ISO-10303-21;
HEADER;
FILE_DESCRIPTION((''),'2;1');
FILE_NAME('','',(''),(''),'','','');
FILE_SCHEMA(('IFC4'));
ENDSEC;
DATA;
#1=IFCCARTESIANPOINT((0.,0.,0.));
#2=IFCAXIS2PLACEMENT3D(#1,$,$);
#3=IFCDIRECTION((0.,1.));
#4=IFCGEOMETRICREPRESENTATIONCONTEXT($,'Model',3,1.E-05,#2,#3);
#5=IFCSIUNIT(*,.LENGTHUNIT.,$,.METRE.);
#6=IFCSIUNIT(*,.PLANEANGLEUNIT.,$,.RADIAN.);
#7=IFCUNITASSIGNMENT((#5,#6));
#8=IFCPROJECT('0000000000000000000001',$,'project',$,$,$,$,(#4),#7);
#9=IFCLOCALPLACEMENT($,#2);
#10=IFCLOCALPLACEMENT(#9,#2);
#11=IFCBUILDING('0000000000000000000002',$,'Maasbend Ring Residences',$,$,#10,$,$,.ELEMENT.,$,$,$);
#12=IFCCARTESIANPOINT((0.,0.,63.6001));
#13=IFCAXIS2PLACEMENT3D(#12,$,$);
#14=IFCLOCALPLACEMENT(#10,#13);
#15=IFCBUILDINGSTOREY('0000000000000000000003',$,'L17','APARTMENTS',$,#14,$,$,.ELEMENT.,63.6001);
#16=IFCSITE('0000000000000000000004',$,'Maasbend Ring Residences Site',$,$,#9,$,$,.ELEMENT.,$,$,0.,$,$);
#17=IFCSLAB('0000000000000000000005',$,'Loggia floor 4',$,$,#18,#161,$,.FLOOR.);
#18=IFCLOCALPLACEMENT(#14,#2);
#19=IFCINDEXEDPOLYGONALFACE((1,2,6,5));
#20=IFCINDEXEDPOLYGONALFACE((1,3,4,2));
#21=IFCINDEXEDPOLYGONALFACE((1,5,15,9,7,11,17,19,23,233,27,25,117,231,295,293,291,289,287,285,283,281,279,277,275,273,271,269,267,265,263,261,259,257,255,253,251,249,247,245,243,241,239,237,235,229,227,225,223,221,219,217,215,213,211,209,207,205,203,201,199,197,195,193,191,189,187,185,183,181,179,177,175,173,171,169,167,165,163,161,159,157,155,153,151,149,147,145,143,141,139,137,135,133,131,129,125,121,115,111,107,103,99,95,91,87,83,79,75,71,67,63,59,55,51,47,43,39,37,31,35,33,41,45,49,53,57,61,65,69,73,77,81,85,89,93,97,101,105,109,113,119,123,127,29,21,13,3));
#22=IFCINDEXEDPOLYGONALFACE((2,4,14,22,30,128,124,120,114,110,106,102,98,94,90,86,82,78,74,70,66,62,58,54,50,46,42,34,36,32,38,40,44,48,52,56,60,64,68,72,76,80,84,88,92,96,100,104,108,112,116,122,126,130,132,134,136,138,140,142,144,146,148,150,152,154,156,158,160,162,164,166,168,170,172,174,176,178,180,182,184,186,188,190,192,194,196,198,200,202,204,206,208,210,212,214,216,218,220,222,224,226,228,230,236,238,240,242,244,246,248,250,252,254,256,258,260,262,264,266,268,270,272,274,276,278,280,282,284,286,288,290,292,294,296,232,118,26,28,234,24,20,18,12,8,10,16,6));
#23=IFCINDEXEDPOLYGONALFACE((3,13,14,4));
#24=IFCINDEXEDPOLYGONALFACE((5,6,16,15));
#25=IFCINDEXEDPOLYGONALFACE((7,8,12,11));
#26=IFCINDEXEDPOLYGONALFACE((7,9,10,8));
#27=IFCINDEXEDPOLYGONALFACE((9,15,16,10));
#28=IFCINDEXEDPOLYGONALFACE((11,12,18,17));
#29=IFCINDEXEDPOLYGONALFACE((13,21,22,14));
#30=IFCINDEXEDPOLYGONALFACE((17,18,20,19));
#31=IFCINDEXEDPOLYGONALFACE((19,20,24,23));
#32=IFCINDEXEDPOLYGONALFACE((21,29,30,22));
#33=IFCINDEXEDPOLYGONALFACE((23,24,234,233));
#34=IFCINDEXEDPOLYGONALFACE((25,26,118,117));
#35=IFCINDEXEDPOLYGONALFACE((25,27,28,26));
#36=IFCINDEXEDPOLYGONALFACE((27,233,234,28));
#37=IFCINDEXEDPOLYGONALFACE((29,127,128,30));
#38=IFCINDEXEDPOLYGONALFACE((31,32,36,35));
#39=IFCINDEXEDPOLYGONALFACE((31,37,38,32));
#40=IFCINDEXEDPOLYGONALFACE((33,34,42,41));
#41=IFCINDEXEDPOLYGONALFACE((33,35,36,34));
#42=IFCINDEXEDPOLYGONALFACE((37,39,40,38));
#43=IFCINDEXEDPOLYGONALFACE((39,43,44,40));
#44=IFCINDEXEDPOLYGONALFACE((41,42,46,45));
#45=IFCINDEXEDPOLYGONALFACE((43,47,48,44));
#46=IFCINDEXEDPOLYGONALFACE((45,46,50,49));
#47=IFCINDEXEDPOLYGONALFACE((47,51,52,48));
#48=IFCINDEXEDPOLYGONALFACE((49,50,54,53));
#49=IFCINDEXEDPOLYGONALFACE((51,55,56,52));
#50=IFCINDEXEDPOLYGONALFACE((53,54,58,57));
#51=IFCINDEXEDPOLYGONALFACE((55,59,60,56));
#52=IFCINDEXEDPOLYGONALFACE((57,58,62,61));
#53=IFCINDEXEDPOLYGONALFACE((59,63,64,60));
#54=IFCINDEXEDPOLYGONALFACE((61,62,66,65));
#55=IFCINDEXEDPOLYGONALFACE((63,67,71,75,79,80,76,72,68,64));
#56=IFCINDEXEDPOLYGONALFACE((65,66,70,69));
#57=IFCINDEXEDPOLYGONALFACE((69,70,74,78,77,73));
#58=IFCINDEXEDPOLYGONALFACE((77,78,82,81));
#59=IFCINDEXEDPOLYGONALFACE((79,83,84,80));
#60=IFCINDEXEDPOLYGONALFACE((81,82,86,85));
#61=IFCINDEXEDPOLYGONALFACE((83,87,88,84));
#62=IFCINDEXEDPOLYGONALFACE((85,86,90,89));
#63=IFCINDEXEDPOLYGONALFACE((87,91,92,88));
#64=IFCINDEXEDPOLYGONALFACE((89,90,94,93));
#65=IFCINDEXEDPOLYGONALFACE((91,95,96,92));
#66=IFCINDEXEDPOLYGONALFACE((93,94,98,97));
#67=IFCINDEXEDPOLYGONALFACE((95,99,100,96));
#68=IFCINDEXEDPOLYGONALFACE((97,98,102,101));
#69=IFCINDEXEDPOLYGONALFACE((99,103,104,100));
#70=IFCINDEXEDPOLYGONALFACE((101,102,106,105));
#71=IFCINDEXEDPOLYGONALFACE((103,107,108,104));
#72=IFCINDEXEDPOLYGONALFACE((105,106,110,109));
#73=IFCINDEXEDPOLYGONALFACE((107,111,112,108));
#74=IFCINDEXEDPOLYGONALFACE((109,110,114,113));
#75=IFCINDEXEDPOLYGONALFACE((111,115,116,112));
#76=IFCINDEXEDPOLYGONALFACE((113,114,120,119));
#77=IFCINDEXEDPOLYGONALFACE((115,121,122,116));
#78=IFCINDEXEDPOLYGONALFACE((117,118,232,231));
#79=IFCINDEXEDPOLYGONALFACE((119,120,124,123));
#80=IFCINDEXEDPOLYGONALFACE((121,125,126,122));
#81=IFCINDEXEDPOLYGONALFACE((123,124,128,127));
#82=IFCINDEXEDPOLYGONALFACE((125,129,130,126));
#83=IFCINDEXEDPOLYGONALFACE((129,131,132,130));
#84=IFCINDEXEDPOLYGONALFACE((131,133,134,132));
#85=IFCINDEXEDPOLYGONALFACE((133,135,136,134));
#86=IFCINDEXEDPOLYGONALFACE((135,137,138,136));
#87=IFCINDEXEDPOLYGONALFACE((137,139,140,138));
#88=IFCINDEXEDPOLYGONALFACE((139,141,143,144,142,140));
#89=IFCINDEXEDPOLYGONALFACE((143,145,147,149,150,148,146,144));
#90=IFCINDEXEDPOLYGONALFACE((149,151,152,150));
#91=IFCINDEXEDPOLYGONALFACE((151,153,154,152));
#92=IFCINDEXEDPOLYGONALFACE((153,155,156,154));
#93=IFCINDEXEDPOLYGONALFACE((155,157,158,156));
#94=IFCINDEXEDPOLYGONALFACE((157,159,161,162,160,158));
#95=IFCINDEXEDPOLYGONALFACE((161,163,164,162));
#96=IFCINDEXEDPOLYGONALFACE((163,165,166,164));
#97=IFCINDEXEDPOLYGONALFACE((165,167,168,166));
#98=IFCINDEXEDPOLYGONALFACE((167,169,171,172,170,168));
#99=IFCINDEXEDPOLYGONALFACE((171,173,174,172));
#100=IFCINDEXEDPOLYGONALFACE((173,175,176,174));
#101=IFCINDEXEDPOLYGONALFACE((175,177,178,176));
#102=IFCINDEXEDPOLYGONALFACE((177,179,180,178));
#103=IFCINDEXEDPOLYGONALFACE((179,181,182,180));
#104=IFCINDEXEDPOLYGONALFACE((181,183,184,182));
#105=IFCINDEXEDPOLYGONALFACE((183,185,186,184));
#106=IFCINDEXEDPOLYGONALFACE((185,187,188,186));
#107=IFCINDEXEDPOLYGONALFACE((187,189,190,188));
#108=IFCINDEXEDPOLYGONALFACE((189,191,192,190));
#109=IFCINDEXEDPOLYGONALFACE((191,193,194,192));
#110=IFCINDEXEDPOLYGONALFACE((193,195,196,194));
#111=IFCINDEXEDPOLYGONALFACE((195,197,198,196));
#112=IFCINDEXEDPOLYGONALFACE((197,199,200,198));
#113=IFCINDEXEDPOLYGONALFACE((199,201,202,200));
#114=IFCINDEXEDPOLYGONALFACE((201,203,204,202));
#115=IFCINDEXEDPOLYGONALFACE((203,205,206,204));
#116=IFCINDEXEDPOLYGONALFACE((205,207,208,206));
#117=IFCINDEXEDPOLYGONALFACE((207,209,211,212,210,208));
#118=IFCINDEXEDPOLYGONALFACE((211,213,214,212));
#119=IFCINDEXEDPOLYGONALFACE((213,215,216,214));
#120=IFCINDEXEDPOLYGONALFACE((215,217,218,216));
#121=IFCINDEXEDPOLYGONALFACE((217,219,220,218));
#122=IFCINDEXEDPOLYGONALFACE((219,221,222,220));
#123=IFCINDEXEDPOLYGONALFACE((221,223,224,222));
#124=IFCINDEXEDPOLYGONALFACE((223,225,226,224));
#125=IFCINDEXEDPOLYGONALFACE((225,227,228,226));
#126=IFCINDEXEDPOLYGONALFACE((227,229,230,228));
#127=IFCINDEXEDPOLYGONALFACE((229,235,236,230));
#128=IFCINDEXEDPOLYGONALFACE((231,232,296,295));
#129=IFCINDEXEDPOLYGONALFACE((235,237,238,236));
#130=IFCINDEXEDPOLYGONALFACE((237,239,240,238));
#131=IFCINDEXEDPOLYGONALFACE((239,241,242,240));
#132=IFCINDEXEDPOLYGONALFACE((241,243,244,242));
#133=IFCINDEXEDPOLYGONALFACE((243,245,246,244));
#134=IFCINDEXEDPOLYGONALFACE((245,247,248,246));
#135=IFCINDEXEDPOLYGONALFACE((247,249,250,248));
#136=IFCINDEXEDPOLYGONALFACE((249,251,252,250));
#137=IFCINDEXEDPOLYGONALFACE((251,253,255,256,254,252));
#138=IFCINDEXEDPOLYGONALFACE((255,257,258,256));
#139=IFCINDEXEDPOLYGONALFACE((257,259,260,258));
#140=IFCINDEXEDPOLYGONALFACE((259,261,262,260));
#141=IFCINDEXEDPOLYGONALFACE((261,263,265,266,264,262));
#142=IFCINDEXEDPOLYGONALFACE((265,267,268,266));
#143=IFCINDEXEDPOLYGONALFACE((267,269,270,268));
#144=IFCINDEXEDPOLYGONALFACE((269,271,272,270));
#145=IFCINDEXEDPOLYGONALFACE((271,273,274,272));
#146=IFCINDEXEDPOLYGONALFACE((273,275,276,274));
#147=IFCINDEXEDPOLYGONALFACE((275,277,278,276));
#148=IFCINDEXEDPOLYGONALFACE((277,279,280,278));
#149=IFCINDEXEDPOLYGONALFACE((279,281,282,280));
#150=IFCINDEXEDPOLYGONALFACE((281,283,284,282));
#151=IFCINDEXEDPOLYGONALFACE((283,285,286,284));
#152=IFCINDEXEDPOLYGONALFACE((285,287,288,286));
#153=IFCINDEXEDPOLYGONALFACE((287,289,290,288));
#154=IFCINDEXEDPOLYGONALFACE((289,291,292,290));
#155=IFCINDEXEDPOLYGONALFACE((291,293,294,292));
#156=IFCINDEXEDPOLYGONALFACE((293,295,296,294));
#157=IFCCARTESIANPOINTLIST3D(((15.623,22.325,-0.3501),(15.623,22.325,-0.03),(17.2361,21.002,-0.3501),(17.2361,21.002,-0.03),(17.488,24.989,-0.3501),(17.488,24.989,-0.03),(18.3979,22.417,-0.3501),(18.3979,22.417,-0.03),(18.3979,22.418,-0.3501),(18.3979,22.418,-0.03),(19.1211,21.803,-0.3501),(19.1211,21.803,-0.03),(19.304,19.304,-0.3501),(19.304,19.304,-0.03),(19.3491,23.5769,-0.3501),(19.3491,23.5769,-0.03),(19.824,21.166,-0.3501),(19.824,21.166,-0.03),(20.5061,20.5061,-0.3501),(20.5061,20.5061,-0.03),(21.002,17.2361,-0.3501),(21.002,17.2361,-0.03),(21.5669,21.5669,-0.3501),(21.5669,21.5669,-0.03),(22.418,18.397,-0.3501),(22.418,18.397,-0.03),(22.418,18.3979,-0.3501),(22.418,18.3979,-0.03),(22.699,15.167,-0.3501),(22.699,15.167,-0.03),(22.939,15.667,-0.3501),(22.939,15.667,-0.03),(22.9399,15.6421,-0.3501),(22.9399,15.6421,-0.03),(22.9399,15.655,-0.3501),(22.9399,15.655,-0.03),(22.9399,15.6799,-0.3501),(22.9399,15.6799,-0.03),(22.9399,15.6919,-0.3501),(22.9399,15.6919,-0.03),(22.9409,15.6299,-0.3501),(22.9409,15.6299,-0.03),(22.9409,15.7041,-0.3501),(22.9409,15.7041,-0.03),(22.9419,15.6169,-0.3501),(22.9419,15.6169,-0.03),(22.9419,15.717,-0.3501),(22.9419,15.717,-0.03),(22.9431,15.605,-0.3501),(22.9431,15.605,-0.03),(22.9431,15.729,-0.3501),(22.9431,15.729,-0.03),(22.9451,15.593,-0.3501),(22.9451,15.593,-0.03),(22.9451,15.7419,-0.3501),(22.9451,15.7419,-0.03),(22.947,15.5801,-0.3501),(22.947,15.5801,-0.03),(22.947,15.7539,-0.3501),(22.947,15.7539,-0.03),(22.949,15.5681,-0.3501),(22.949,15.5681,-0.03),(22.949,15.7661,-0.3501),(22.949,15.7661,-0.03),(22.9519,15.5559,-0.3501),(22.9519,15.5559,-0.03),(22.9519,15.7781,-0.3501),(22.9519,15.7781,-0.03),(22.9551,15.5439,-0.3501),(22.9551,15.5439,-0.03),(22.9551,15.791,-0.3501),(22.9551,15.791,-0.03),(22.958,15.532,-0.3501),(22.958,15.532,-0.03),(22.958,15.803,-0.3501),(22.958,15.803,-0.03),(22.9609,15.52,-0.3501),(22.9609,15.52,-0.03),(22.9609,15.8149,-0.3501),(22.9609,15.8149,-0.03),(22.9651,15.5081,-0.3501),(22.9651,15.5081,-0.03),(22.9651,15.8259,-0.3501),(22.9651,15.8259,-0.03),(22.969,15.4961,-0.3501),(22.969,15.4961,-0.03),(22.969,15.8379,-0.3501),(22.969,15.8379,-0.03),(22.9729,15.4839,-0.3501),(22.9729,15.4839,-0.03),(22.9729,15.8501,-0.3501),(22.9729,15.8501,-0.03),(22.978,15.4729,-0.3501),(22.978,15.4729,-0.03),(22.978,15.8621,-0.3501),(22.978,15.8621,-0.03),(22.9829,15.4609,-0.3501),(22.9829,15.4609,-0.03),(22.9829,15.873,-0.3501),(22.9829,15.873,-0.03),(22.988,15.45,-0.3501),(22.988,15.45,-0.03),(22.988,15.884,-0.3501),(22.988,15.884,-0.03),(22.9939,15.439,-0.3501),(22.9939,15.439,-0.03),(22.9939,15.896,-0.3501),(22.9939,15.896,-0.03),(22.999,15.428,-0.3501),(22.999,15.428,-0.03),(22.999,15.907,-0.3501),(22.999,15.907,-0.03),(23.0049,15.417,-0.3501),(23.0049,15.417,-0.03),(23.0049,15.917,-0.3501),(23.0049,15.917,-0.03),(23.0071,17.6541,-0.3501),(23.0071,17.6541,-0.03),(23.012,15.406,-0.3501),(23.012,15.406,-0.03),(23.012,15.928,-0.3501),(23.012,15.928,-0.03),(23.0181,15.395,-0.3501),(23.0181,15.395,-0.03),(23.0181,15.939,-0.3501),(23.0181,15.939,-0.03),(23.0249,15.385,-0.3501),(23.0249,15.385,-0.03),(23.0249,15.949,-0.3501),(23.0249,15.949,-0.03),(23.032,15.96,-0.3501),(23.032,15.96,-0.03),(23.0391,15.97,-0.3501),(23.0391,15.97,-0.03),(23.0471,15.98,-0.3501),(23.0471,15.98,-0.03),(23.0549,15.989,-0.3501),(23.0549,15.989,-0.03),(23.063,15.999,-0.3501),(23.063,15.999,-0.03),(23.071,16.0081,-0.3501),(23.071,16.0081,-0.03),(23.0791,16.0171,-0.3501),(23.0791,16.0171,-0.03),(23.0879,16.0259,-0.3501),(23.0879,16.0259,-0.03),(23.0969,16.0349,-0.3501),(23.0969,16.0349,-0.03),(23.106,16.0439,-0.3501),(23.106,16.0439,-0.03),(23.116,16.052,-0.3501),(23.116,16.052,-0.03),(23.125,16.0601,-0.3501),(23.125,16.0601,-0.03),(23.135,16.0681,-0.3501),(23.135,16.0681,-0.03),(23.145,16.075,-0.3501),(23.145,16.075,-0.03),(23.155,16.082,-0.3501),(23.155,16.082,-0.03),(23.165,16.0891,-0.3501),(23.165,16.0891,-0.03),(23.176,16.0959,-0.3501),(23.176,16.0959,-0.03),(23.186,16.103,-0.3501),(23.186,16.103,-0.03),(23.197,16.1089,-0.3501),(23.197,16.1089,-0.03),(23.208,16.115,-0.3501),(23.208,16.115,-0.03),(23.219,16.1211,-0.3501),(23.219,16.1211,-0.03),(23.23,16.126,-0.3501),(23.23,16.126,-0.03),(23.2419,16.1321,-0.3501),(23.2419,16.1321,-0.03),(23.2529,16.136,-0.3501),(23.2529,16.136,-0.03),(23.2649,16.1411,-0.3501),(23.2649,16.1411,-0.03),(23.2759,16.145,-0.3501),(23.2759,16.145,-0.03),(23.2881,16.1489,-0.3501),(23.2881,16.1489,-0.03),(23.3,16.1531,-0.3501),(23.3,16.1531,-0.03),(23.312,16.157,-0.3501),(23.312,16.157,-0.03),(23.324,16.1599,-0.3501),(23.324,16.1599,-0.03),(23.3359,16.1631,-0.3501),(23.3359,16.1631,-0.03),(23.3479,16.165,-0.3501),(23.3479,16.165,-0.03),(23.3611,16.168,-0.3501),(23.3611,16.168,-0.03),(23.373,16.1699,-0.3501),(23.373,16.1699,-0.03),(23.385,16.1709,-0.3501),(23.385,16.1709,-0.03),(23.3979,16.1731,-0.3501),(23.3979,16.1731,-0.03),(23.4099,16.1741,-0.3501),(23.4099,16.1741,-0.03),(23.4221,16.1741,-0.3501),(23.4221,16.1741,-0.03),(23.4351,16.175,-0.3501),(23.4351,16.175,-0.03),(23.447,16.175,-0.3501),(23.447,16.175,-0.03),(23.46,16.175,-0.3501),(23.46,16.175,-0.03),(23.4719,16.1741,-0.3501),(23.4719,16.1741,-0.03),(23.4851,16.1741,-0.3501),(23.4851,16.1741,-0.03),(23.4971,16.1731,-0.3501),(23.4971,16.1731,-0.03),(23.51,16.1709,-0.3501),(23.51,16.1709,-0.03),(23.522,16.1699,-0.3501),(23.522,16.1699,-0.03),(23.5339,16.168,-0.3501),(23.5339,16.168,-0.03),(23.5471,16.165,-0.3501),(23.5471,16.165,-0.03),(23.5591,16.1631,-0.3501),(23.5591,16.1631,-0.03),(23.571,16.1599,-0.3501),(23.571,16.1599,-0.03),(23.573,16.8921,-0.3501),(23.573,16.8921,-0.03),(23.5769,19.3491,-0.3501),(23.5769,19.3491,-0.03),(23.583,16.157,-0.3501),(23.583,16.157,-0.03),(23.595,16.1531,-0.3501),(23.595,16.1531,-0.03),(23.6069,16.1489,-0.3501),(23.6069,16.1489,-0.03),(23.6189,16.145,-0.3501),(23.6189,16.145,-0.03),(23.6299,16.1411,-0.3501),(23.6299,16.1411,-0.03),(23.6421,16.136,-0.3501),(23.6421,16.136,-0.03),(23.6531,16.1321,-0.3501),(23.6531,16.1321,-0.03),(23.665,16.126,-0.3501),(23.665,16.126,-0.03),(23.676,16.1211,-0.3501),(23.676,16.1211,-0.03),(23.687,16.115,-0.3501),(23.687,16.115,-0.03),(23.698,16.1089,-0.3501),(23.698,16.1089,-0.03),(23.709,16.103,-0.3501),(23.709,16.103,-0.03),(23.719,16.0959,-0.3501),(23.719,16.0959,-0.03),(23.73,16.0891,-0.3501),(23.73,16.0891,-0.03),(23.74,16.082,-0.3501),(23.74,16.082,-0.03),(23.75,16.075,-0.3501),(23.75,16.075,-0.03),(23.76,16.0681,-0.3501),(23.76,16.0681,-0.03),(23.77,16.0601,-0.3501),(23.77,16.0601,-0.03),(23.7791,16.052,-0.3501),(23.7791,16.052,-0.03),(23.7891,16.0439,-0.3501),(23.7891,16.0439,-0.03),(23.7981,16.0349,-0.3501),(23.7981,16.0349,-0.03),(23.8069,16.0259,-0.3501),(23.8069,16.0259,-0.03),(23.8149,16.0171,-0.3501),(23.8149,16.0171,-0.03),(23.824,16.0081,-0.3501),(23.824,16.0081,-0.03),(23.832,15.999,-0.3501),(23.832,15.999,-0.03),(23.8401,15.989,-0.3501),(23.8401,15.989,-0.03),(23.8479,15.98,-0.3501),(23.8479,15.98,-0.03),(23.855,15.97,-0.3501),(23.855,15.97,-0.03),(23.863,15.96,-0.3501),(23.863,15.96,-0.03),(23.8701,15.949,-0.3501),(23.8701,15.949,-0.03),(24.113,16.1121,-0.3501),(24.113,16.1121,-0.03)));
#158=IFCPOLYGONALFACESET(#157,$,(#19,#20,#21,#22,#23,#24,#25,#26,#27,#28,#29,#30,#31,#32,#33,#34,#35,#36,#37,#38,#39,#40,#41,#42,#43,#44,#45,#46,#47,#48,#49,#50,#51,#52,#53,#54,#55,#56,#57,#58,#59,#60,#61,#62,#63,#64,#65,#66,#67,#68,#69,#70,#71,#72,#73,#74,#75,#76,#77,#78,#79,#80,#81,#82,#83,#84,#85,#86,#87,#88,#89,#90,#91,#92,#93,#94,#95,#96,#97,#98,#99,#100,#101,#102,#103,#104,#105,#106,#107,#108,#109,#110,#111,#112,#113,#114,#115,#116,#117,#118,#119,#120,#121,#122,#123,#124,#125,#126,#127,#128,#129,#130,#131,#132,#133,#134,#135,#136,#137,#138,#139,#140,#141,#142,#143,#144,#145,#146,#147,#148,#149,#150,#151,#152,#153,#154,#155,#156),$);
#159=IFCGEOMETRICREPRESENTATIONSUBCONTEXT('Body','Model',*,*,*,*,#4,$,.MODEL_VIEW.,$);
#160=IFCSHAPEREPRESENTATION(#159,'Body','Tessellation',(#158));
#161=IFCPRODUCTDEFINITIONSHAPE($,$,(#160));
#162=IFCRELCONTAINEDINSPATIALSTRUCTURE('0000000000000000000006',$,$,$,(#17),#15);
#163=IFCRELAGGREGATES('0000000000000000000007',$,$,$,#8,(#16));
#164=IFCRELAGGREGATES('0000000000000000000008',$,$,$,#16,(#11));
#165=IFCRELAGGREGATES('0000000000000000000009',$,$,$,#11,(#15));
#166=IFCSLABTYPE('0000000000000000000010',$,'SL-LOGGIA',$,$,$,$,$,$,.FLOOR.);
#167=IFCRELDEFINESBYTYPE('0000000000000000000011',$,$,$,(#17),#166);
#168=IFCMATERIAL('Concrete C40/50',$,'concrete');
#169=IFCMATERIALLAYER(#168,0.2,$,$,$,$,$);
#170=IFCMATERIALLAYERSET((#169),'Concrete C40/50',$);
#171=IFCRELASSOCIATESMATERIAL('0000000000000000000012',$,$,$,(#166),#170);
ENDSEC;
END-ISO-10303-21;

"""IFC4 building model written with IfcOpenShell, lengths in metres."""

from ifc_helpers import new_model, si_unit, direction, frame, origin, place, context, subcontext, project, spatial, polyline, outline, extrude, material, layer, layer_set, type_object, element, save


model = new_model("IFC4")

# Units and contexts
model_context = context("Model", 3, precision=1e-05, world=origin(), true_north=direction((0.0, 1.0)))
body_context = subcontext(model_context, "Body", "Model", "MODEL_VIEW")
ifc_project = project(units=[si_unit("LENGTHUNIT", "METRE"), si_unit("PLANEANGLEUNIT", "RADIAN")], contexts=[model_context])

# Site, building, storey
site_placement = place(None, origin())
site = spatial("IfcSite", under=ifc_project, at=site_placement, Name="Maasbend Ring Residences Site", CompositionType="ELEMENT", RefElevation=0.0)
building_placement = place(site_placement, origin())
building = spatial("IfcBuilding", under=site, at=building_placement, Name="Maasbend Ring Residences", CompositionType="ELEMENT")
storey_placement = place(building_placement, frame((0.0, 0.0, 63.6001)))
storey = spatial("IfcBuildingStorey", under=building, at=storey_placement, Name="L17", Description="APARTMENTS", CompositionType="ELEMENT", Elevation=63.6001)

# Slab
ifc_material_1 = material(Name="Concrete C40/50", Category="concrete")
ifc_layer_1 = layer(ifc_material_1, 0.2)
ifc_layer_set_1 = layer_set([ifc_layer_1], Name="Concrete C40/50")
slab_type_1 = type_object("IfcSlabType", Name="SL-LOGGIA", PredefinedType="FLOOR", material=ifc_layer_set_1)
slab_1_placement = place(storey_placement, frame((0.0, 0.0, -0.3501)))
element("IfcSlab", 1, at=slab_1_placement, inside=storey, type_object=slab_type_1, Name="Loggia floor 4", PredefinedType="FLOOR", context=body_context, shape_type="SweptSolid", body=[
    extrude(outline(polyline([(19.3491, 23.5769), (19.3491, 23.5769), (19.3491, 23.5769), (18.3979, 22.418), (18.3979, 22.418), (18.3979, 22.418), (18.3979, 22.418), (18.3979, 22.418), (18.3979, 22.417), (18.3979, 22.417), (18.3979, 22.417), (18.3979, 22.417), (18.3979, 22.417), (18.3979, 22.417), (18.3979, 22.417), (18.3979, 22.417), (18.3979, 22.417), (18.3979, 22.417), (18.3979, 22.417), (18.3979, 22.417), (19.1211, 21.803), (19.1211, 21.803), (19.824, 21.166), (19.824, 21.166), (20.5061, 20.5061), (20.5061, 20.5061), (20.5061, 20.5061), (20.5061, 20.5061), (20.5061, 20.5061), (20.5061, 20.5061), (20.5061, 20.5061), (20.5061, 20.5061), (20.5061, 20.5061), (20.5061, 20.5061), (20.5061, 20.5061), (20.5061, 20.5061), (20.5061, 20.5061), (20.5061, 20.5061), (20.5061, 20.5061), (20.5061, 20.5061), (20.5061, 20.5061), (21.5669, 21.5669), (21.5669, 21.5669), (21.5669, 21.5669), (23.5769, 19.3491), (23.5769, 19.3491), (23.5769, 19.3491), (22.418, 18.3979), (22.418, 18.3979), (22.418, 18.3979), (22.418, 18.3979), (22.418, 18.3979), (22.418, 18.3979), (22.418, 18.397), (22.418, 18.397), (22.418, 18.397), (22.418, 18.397), (22.418, 18.397), (22.418, 18.397), (22.418, 18.397), (22.418, 18.397), (22.418, 18.397), (22.418, 18.397), (22.418, 18.397), (23.0071, 17.6541), (23.0071, 17.6541), (23.573, 16.8921), (23.573, 16.8921), (24.113, 16.1121), (24.113, 16.1121), (24.113, 16.1121), (23.8701, 15.949), (23.8701, 15.949), (23.863, 15.96), (23.855, 15.97), (23.8479, 15.98), (23.8401, 15.989), (23.832, 15.999), (23.824, 16.0081), (23.8149, 16.0171), (23.8069, 16.0259), (23.7981, 16.0349), (23.7891, 16.0439), (23.7791, 16.052), (23.77, 16.0601), (23.76, 16.0681), (23.75, 16.075), (23.74, 16.082), (23.73, 16.0891), (23.719, 16.0959), (23.709, 16.103), (23.698, 16.1089), (23.687, 16.115), (23.676, 16.1211), (23.665, 16.126), (23.6531, 16.1321), (23.6421, 16.136), (23.6299, 16.1411), (23.6189, 16.145), (23.6069, 16.1489), (23.595, 16.1531), (23.583, 16.157), (23.571, 16.1599), (23.5591, 16.1631), (23.5471, 16.165), (23.5339, 16.168), (23.522, 16.1699), (23.51, 16.1709), (23.4971, 16.1731), (23.4851, 16.1741), (23.4719, 16.1741), (23.46, 16.175), (23.447, 16.175), (23.4351, 16.175), (23.4221, 16.1741), (23.4099, 16.1741), (23.3979, 16.1731), (23.385, 16.1709), (23.373, 16.1699), (23.3611, 16.168), (23.3479, 16.165), (23.3359, 16.1631), (23.324, 16.1599), (23.312, 16.157), (23.3, 16.1531), (23.2881, 16.1489), (23.2759, 16.145), (23.2649, 16.1411), (23.2529, 16.136), (23.2419, 16.1321), (23.23, 16.126), (23.219, 16.1211), (23.208, 16.115), (23.197, 16.1089), (23.186, 16.103), (23.176, 16.0959), (23.165, 16.0891), (23.155, 16.082), (23.145, 16.075), (23.135, 16.0681), (23.125, 16.0601), (23.116, 16.052), (23.106, 16.0439), (23.0969, 16.0349), (23.0879, 16.0259), (23.0791, 16.0171), (23.071, 16.0081), (23.063, 15.999), (23.0549, 15.989), (23.0471, 15.98), (23.0391, 15.97), (23.032, 15.96), (23.0249, 15.949), (23.0181, 15.939), (23.012, 15.928), (23.0049, 15.917), (22.999, 15.907), (22.9939, 15.896), (22.988, 15.884), (22.9829, 15.873), (22.978, 15.8621), (22.9729, 15.8501), (22.969, 15.8379), (22.9651, 15.8259), (22.9609, 15.8149), (22.958, 15.803), (22.9551, 15.791), (22.9519, 15.7781), (22.949, 15.7661), (22.947, 15.7539), (22.9451, 15.7419), (22.9431, 15.729), (22.9419, 15.717), (22.9409, 15.7041), (22.9399, 15.6919), (22.9399, 15.6799), (22.939, 15.667), (22.9399, 15.655), (22.9399, 15.6421), (22.9409, 15.6299), (22.9419, 15.6169), (22.9431, 15.605), (22.9451, 15.593), (22.947, 15.5801), (22.949, 15.5681), (22.9519, 15.5559), (22.9551, 15.5439), (22.958, 15.532), (22.9609, 15.52), (22.9651, 15.5081), (22.969, 15.4961), (22.9729, 15.4839), (22.978, 15.4729), (22.9829, 15.4609), (22.988, 15.45), (22.9939, 15.439), (22.999, 15.428), (23.0049, 15.417), (23.012, 15.406), (23.0181, 15.395), (23.0249, 15.385), (23.0249, 15.385), (22.699, 15.167), (22.699, 15.167), (22.699, 15.167), (21.002, 17.2361), (19.304, 19.304), (19.304, 19.304), (19.304, 19.304), (17.2361, 21.002), (15.623, 22.325), (15.623, 22.325), (15.623, 22.325), (17.488, 24.989), (17.488, 24.989), (17.488, 24.989), (19.3491, 23.5769)])), origin(), (0.0, 0.0, 1.0), 0.3201),
])

save(model, "model.ifc")
